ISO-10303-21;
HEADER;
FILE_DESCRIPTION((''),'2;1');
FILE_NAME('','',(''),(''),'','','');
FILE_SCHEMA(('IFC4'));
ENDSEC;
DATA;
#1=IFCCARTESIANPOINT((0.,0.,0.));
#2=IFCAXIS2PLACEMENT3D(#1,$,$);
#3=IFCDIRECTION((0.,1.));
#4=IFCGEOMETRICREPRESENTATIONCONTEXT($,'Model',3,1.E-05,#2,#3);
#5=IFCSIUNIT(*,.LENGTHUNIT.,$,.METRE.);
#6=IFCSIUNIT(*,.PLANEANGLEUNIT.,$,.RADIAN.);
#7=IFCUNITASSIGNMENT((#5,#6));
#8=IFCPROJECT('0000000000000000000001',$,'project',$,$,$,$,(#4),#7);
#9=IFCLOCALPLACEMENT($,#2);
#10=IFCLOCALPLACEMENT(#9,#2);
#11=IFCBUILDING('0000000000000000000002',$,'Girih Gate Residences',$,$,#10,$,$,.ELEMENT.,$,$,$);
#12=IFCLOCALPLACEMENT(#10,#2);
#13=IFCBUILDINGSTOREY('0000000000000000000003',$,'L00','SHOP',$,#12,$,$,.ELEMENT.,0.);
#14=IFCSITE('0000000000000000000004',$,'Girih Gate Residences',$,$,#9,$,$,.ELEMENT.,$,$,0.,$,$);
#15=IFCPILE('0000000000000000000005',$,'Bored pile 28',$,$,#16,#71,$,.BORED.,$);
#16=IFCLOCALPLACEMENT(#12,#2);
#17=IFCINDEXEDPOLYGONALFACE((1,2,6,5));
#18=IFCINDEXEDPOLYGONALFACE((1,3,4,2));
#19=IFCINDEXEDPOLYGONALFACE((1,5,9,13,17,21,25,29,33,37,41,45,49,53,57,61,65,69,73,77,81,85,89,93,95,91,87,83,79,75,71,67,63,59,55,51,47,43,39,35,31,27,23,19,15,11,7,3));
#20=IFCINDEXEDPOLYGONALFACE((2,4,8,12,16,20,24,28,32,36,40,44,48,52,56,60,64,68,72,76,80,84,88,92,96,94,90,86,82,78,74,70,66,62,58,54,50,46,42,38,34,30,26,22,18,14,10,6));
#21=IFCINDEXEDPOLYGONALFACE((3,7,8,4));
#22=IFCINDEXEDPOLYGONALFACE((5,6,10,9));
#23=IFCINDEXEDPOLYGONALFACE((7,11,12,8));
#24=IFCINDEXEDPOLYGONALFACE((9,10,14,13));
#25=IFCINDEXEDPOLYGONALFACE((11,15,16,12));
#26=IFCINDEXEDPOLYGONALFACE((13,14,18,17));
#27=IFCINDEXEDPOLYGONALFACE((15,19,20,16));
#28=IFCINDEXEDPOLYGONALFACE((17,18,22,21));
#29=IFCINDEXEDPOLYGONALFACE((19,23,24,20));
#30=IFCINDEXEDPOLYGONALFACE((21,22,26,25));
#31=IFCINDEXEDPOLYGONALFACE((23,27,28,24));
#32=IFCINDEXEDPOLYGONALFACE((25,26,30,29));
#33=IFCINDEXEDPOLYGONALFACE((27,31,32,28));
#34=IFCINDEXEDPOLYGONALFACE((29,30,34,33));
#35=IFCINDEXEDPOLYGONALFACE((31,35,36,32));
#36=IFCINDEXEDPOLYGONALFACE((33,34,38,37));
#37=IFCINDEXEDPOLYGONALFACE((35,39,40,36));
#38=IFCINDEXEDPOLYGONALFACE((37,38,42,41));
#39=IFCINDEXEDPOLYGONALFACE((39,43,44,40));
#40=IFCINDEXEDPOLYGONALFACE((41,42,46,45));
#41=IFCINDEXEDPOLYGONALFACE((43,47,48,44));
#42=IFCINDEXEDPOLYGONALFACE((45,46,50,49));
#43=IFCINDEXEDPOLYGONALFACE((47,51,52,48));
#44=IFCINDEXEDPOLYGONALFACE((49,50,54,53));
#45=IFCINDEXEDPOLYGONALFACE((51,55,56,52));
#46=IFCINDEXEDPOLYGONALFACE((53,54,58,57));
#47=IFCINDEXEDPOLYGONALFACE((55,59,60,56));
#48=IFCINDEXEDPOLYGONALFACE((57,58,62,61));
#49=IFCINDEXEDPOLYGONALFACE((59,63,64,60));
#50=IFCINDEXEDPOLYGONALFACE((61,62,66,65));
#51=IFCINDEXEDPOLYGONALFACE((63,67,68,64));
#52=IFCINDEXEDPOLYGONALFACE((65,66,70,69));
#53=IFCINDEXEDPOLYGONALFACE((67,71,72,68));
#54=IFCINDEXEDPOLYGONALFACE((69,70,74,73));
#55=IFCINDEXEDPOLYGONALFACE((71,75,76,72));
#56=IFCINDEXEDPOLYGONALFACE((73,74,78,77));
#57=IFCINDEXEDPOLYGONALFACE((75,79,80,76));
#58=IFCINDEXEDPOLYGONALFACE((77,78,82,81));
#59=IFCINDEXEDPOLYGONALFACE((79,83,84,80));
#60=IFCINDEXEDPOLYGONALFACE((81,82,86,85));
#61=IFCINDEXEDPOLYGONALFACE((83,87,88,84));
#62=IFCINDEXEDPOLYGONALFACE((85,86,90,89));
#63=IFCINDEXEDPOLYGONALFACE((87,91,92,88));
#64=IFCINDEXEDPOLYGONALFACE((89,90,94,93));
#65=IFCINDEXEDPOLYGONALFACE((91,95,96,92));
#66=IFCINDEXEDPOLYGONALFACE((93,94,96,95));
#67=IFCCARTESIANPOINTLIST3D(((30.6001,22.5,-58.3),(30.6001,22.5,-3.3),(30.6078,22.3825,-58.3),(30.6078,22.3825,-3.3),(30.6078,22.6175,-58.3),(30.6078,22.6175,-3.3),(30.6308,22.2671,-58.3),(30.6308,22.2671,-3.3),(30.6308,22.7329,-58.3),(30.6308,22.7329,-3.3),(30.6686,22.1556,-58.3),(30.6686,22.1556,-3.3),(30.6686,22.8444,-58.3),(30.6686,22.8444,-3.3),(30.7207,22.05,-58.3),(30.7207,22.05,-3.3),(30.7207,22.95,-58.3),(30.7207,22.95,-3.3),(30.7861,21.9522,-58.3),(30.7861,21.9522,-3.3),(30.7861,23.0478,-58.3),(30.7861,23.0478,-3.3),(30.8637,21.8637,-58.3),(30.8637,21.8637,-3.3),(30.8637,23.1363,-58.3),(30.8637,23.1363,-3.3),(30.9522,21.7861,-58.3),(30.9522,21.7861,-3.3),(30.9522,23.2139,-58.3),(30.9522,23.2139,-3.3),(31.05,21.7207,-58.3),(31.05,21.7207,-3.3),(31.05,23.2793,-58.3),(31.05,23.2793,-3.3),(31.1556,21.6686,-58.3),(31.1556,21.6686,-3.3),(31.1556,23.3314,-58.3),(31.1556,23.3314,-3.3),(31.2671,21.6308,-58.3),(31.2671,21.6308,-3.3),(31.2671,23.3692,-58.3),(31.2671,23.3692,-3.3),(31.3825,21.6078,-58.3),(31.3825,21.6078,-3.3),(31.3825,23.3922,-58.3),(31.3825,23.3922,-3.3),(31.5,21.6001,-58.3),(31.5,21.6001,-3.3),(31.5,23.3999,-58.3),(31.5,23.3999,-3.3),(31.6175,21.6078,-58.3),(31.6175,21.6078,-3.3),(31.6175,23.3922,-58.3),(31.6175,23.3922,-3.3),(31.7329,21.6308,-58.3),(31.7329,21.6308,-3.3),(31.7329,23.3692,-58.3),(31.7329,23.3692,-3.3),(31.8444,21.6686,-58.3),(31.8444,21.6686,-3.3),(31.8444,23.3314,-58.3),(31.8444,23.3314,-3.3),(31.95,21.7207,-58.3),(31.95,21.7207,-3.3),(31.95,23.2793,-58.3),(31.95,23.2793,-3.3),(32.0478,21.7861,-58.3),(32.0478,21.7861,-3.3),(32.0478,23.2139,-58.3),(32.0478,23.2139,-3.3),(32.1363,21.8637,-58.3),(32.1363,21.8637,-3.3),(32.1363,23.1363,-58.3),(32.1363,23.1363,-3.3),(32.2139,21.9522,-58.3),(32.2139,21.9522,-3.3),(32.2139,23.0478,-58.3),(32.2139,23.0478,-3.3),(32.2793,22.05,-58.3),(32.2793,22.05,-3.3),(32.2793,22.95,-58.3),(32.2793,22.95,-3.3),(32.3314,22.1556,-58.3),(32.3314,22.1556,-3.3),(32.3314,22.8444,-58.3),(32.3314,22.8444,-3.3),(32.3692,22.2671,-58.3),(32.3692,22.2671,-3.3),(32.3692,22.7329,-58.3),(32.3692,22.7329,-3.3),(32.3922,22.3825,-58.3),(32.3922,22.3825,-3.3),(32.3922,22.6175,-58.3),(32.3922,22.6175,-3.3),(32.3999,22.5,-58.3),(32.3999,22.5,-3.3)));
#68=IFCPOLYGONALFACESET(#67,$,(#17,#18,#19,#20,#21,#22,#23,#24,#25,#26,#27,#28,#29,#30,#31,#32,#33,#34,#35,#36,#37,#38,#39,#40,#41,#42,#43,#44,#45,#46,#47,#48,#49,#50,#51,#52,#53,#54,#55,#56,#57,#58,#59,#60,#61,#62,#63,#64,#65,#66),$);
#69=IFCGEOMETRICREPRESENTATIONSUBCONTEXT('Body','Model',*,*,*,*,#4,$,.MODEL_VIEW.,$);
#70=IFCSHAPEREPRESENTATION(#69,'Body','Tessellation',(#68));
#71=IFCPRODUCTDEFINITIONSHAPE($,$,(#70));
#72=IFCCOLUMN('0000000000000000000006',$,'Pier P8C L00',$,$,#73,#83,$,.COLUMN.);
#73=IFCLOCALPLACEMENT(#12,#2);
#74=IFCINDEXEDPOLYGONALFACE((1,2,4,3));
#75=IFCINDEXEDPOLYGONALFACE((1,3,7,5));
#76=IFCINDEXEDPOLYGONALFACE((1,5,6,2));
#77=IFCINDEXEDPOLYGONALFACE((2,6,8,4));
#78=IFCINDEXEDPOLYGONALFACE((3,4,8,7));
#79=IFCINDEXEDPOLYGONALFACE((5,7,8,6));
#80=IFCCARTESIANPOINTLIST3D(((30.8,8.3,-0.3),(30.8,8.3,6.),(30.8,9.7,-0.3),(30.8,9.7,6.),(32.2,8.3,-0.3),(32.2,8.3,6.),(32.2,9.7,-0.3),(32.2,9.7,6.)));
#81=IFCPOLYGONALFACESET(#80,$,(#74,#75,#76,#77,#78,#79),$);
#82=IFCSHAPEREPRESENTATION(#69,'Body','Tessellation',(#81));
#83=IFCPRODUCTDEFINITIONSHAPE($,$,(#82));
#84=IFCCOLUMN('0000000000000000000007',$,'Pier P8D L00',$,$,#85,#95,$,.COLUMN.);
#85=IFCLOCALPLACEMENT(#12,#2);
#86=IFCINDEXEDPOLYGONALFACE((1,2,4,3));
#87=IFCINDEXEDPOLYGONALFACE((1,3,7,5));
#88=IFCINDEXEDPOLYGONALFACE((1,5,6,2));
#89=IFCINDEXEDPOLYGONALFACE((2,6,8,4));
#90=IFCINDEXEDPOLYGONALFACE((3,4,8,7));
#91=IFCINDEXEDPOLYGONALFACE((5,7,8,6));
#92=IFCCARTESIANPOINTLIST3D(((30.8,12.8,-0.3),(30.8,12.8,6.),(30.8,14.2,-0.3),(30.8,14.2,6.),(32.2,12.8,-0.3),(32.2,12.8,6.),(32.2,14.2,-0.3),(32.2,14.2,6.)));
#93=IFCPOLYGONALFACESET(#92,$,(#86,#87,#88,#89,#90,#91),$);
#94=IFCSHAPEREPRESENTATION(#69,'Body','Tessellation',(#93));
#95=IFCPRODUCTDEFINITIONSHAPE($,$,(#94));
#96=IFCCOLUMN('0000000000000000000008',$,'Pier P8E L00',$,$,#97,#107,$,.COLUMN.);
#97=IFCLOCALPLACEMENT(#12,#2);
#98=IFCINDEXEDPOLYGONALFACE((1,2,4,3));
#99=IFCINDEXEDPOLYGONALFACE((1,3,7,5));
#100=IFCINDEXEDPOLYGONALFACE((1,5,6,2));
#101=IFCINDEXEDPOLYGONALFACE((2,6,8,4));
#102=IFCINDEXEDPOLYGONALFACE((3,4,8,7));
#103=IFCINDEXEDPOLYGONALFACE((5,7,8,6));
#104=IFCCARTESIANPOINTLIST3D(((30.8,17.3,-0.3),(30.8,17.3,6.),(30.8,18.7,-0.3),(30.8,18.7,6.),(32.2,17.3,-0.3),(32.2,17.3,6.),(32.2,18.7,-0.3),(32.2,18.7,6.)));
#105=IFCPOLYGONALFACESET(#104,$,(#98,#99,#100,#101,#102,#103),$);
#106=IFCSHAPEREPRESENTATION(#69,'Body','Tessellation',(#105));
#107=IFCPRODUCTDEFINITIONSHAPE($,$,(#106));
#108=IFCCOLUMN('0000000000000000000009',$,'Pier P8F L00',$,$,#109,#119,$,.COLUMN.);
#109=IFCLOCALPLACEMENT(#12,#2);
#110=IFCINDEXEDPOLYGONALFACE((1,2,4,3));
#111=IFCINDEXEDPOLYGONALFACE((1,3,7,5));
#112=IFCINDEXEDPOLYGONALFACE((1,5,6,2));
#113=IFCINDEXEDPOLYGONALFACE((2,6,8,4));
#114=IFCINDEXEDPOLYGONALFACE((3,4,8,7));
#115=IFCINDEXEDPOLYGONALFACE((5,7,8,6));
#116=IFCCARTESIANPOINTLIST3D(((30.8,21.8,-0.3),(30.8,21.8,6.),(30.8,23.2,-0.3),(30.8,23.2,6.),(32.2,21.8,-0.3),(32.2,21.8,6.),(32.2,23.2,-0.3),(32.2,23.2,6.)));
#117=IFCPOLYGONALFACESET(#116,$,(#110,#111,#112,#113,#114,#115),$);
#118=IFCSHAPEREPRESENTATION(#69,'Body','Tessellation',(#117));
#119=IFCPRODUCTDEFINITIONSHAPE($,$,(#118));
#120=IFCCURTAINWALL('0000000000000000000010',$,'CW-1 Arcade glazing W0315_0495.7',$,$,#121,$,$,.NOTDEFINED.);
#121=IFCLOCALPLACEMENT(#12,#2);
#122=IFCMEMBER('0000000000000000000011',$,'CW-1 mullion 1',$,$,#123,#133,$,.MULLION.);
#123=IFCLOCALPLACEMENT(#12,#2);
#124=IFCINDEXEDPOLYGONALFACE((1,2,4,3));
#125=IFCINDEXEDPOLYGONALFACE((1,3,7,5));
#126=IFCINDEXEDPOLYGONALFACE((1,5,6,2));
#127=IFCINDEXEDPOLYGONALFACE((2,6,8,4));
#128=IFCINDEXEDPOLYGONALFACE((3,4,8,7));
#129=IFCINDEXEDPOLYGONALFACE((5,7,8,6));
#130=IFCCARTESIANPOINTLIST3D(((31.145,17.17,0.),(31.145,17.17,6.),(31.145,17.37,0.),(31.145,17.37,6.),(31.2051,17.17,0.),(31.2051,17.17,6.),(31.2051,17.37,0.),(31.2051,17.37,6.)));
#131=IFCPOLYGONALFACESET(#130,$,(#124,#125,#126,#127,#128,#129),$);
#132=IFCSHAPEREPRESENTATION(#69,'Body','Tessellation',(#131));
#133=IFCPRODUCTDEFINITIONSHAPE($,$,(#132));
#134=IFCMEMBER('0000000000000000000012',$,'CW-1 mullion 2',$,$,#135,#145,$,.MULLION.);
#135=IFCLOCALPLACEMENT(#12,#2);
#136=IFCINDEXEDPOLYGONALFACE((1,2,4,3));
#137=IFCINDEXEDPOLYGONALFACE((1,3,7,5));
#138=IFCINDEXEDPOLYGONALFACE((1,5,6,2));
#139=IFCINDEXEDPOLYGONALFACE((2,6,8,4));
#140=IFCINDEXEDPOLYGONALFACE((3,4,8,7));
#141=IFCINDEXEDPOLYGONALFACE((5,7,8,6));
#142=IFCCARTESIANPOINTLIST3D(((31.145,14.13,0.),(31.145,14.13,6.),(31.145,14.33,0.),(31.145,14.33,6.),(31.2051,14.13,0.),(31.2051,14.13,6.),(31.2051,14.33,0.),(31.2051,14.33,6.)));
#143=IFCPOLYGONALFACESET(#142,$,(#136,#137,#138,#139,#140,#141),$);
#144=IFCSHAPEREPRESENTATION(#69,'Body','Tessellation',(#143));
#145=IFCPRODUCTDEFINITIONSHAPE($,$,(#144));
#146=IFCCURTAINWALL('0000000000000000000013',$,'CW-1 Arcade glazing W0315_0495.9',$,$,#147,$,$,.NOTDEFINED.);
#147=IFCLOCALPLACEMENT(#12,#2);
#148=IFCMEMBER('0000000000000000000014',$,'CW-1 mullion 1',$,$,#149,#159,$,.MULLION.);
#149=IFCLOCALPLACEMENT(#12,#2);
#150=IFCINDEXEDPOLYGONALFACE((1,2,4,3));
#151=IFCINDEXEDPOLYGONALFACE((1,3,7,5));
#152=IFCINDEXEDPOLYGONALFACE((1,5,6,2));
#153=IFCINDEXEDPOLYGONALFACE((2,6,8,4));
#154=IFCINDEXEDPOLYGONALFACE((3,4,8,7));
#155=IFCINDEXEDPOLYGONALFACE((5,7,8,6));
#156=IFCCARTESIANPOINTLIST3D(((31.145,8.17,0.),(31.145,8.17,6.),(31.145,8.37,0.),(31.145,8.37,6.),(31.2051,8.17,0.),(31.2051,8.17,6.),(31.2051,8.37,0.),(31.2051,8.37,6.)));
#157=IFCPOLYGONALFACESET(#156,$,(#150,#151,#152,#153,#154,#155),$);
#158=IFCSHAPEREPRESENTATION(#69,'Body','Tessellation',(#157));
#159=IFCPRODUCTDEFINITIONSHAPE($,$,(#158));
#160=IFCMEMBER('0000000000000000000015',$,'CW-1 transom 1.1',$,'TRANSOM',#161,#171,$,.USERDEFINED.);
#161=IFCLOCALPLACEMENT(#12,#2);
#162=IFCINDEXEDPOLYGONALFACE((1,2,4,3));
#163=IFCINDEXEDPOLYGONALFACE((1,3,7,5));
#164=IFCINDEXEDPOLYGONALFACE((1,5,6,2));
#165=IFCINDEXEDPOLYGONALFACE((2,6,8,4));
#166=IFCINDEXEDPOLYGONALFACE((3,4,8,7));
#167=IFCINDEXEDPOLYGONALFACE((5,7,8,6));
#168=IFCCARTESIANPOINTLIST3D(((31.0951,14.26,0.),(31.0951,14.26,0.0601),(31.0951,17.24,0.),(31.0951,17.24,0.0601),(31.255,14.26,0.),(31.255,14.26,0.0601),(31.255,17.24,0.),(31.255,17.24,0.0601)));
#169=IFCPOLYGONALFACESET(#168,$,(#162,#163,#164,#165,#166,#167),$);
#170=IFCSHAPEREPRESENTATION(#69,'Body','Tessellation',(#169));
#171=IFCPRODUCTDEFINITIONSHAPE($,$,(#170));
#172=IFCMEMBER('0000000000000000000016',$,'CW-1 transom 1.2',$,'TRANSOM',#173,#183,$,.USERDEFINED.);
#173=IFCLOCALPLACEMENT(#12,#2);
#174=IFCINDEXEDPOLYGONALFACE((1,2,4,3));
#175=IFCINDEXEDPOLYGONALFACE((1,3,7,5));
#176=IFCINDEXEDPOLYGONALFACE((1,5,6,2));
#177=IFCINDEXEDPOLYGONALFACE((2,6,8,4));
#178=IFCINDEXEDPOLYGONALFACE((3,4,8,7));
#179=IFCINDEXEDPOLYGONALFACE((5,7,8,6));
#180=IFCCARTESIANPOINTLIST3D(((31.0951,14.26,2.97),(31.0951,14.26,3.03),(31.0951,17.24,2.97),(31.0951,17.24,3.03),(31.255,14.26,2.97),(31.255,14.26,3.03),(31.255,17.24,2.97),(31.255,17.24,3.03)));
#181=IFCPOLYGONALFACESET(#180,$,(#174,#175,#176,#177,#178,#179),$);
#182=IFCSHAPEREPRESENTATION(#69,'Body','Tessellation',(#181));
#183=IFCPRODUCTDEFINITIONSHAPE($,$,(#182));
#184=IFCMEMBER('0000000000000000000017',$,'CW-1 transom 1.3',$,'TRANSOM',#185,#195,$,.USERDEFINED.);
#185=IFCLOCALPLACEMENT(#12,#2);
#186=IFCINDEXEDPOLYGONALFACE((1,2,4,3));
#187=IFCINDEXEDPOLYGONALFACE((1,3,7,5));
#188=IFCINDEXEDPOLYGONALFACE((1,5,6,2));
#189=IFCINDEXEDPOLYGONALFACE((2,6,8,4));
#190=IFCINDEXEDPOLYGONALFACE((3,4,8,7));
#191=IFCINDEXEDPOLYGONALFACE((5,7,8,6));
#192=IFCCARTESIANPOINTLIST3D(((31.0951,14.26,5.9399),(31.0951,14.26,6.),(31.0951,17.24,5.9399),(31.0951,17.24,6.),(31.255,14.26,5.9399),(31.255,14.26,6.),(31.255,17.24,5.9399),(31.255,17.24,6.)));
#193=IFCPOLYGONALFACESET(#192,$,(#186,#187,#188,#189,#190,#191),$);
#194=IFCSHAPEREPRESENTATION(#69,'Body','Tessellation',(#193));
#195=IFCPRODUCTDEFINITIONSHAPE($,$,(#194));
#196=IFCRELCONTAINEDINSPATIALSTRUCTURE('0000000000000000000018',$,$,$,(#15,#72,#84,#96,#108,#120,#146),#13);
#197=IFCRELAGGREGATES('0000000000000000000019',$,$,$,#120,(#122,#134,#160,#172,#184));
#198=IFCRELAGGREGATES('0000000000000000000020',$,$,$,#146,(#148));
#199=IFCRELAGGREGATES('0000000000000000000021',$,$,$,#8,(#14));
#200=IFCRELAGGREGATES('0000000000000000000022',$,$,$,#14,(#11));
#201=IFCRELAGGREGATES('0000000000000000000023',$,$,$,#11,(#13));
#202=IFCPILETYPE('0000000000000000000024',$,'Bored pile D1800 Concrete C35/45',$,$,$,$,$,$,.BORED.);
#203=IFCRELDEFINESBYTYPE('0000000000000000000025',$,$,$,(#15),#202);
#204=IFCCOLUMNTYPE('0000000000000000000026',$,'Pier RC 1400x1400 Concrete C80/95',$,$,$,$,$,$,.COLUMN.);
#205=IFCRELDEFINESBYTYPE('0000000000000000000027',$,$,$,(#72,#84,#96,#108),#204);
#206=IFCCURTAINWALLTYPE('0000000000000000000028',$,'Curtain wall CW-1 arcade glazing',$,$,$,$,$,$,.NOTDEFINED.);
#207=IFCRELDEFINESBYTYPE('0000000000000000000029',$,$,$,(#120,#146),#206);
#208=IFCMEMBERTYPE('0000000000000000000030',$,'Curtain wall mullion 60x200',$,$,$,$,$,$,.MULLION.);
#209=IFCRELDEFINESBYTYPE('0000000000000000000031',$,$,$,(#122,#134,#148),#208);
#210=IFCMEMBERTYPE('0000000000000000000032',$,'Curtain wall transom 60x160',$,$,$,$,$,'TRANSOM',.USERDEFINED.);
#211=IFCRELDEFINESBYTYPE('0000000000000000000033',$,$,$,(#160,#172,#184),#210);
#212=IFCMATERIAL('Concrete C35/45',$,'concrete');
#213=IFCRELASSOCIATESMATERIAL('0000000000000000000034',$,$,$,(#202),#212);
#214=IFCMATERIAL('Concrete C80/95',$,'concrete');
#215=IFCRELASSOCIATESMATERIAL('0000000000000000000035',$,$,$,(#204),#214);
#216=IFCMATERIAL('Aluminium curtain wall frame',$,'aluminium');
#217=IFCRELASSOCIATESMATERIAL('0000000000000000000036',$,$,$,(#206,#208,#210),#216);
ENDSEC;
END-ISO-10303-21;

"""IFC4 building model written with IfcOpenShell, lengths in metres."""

from ifc_helpers import new_model, si_unit, direction, frame, origin, origin_2d, place, context, subcontext, project, spatial, rectangle, circle, extrude, material, material_profile, profile_set, type_object, element, aggregate, save


model = new_model("IFC4")

# Units and contexts
model_context = context("Model", 3, precision=1e-05, world=origin(), true_north=direction((0.0, 1.0)))
body_context = subcontext(model_context, "Body", "Model", "MODEL_VIEW")
ifc_project = project(units=[si_unit("LENGTHUNIT", "METRE"), si_unit("PLANEANGLEUNIT", "RADIAN")], contexts=[model_context])

# Site, building, storey
site_placement = place(None, origin())
site = spatial("IfcSite", under=ifc_project, at=site_placement, Name="Girih Gate Residences", CompositionType="ELEMENT", RefElevation=0.0)
building_placement = place(site_placement, origin())
building = spatial("IfcBuilding", under=site, at=building_placement, Name="Girih Gate Residences", CompositionType="ELEMENT")
storey_placement = place(building_placement, origin())
storey = spatial("IfcBuildingStorey", under=building, at=storey_placement, Name="L00", Description="SHOP", CompositionType="ELEMENT", Elevation=0.0)

# Pile
ifc_material_1 = material(Name="Concrete C35/45", Category="concrete")
ifc_material_profile_1 = material_profile(ifc_material_1, circle(Radius=0.8999, at=origin_2d()))
ifc_profile_set_1 = profile_set([ifc_material_profile_1], Name="Concrete C35/45")
pile_type = type_object("IfcPileType", Name="Bored pile D1800 Concrete C35/45", PredefinedType="BORED", material=ifc_profile_set_1)
for number, where, z_axis, x_axis, name in (
    (1, (31.5, 22.5, -3.3), (0.0, 0.0, -1.0), (1.0, 0.0, 0.0), "Bored pile 28"),
):
    element("IfcPile", number, at=place(storey_placement, frame(where, z_axis=z_axis, x_axis=x_axis)), inside=storey, type_object=pile_type, Name=name, PredefinedType="BORED", context=body_context, shape_type="SweptSolid", body=[
        extrude(circle(Radius=0.8999, at=origin_2d()), origin(), (0.0, 0.0, 1.0), 55.0),
    ])

# Columns
ifc_material_2 = material(Name="Concrete C80/95", Category="concrete")
ifc_material_profile_2 = material_profile(ifc_material_2, rectangle(XDim=1.3999, YDim=1.3999, at=origin_2d()))
ifc_profile_set_2 = profile_set([ifc_material_profile_2], Name="Concrete C80/95")
column_type = type_object("IfcColumnType", Name="Pier RC 1400x1400 Concrete C80/95", PredefinedType="COLUMN", material=ifc_profile_set_2)
for number, where, z_axis, x_axis, name in (
    (2, (31.5, 9.0, -0.3), (0.0, 0.0, 1.0), (1.0, 0.0, 0.0), "Pier P8C L00"),
    (3, (31.5, 13.5, -0.3), (0.0, 0.0, 1.0), (1.0, 0.0, 0.0), "Pier P8D L00"),
    (4, (31.5, 18.0, -0.3), (0.0, 0.0, 1.0), (1.0, 0.0, 0.0), "Pier P8E L00"),
    (5, (31.5, 22.5, -0.3), (0.0, 0.0, 1.0), (1.0, 0.0, 0.0), "Pier P8F L00"),
):
    element("IfcColumn", number, at=place(storey_placement, frame(where, z_axis=z_axis, x_axis=x_axis)), inside=storey, type_object=column_type, Name=name, PredefinedType="COLUMN", context=body_context, shape_type="SweptSolid", body=[
        extrude(rectangle(XDim=1.3999, YDim=1.3999, at=origin_2d()), origin(), (0.0, 0.0, 1.0), 6.3),
    ])

# Curtain wall, members
ifc_material_3 = material(Name="Aluminium curtain wall frame", Category="aluminium")
curtain_wall_type = type_object("IfcCurtainWallType", Name="Curtain wall CW-1 arcade glazing", PredefinedType="NOTDEFINED", material=ifc_material_3)
curtain_wall_1_placement = place(storey_placement, origin())
curtain_wall_1 = element("IfcCurtainWall", 6, at=curtain_wall_1_placement, inside=storey, type_object=curtain_wall_type, Name="CW-1 Arcade glazing W0315_0495.7", PredefinedType="NOTDEFINED")
ifc_material_profile_3 = material_profile(ifc_material_3, rectangle(XDim=0.0601, YDim=0.2, at=origin_2d()))
ifc_profile_set_3 = profile_set([ifc_material_profile_3], Name="Aluminium curtain wall frame")
member_type_1 = type_object("IfcMemberType", Name="Curtain wall mullion 60x200", PredefinedType="MULLION", material=ifc_profile_set_3)
member_1_placement = place(storey_placement, frame((31.175, 17.27, 0.0), z_axis=(0.0, 0.0, 1.0), x_axis=(1.0, 0.0, 0.0)))
member_1 = element("IfcMember", 7, at=member_1_placement, type_object=member_type_1, Name="CW-1 mullion 1", PredefinedType="MULLION", context=body_context, shape_type="SweptSolid", body=[
    extrude(rectangle(XDim=0.0601, YDim=0.2, at=origin_2d()), origin(), (0.0, 0.0, 1.0), 6.0),
])
member_2_placement = place(storey_placement, frame((31.175, 14.23, 0.0), z_axis=(0.0, 0.0, 1.0), x_axis=(1.0, 0.0, 0.0)))
member_2 = element("IfcMember", 8, at=member_2_placement, type_object=member_type_1, Name="CW-1 mullion 2", PredefinedType="MULLION", context=body_context, shape_type="SweptSolid", body=[
    extrude(rectangle(XDim=0.0601, YDim=0.2, at=origin_2d()), origin(), (0.0, 0.0, 1.0), 6.0),
])

# Curtain wall, member
curtain_wall_2_placement = place(storey_placement, origin())
curtain_wall_2 = element("IfcCurtainWall", 9, at=curtain_wall_2_placement, inside=storey, type_object=curtain_wall_type, Name="CW-1 Arcade glazing W0315_0495.9", PredefinedType="NOTDEFINED")
member_3_placement = place(storey_placement, frame((31.175, 8.27, 0.0), z_axis=(0.0, 0.0, 1.0), x_axis=(1.0, 0.0, 0.0)))
member_3 = element("IfcMember", 10, at=member_3_placement, type_object=member_type_1, Name="CW-1 mullion 1", PredefinedType="MULLION", context=body_context, shape_type="SweptSolid", body=[
    extrude(rectangle(XDim=0.0601, YDim=0.2, at=origin_2d()), origin(), (0.0, 0.0, 1.0), 6.0),
])

# Members
ifc_material_profile_4 = material_profile(ifc_material_3, rectangle(XDim=0.1599, YDim=0.0601, at=origin_2d()))
ifc_profile_set_4 = profile_set([ifc_material_profile_4], Name="Aluminium curtain wall frame")
member_type_2 = type_object("IfcMemberType", Name="Curtain wall transom 60x160", ElementType="TRANSOM", PredefinedType="USERDEFINED", material=ifc_profile_set_4)
member_4_placement = place(storey_placement, frame((31.175, 17.24, 0.03), z_axis=(0.0, -1.0, 0.0), x_axis=(1.0, 0.0, 0.0)))
member_4 = element("IfcMember", 11, at=member_4_placement, type_object=member_type_2, Name="CW-1 transom 1.1", ObjectType="TRANSOM", PredefinedType="USERDEFINED", context=body_context, shape_type="SweptSolid", body=[
    extrude(rectangle(XDim=0.1599, YDim=0.0601, at=origin_2d()), origin(), (0.0, 0.0, 1.0), 2.98),
])
member_5_placement = place(storey_placement, frame((31.175, 17.24, 3.0), z_axis=(0.0, -1.0, 0.0), x_axis=(1.0, 0.0, 0.0)))
member_5 = element("IfcMember", 12, at=member_5_placement, type_object=member_type_2, Name="CW-1 transom 1.2", ObjectType="TRANSOM", PredefinedType="USERDEFINED", context=body_context, shape_type="SweptSolid", body=[
    extrude(rectangle(XDim=0.1599, YDim=0.0601, at=origin_2d()), origin(), (0.0, 0.0, 1.0), 2.98),
])
member_6_placement = place(storey_placement, frame((31.175, 17.24, 5.97), z_axis=(0.0, -1.0, 0.0), x_axis=(1.0, 0.0, 0.0)))
member_6 = element("IfcMember", 13, at=member_6_placement, type_object=member_type_2, Name="CW-1 transom 1.3", ObjectType="TRANSOM", PredefinedType="USERDEFINED", context=body_context, shape_type="SweptSolid", body=[
    extrude(rectangle(XDim=0.1599, YDim=0.0601, at=origin_2d()), origin(), (0.0, 0.0, 1.0), 2.98),
])

aggregate(curtain_wall_1, [member_1, member_2, member_4, member_5, member_6])
aggregate(curtain_wall_2, [member_3])

save(model, "model.ifc")
